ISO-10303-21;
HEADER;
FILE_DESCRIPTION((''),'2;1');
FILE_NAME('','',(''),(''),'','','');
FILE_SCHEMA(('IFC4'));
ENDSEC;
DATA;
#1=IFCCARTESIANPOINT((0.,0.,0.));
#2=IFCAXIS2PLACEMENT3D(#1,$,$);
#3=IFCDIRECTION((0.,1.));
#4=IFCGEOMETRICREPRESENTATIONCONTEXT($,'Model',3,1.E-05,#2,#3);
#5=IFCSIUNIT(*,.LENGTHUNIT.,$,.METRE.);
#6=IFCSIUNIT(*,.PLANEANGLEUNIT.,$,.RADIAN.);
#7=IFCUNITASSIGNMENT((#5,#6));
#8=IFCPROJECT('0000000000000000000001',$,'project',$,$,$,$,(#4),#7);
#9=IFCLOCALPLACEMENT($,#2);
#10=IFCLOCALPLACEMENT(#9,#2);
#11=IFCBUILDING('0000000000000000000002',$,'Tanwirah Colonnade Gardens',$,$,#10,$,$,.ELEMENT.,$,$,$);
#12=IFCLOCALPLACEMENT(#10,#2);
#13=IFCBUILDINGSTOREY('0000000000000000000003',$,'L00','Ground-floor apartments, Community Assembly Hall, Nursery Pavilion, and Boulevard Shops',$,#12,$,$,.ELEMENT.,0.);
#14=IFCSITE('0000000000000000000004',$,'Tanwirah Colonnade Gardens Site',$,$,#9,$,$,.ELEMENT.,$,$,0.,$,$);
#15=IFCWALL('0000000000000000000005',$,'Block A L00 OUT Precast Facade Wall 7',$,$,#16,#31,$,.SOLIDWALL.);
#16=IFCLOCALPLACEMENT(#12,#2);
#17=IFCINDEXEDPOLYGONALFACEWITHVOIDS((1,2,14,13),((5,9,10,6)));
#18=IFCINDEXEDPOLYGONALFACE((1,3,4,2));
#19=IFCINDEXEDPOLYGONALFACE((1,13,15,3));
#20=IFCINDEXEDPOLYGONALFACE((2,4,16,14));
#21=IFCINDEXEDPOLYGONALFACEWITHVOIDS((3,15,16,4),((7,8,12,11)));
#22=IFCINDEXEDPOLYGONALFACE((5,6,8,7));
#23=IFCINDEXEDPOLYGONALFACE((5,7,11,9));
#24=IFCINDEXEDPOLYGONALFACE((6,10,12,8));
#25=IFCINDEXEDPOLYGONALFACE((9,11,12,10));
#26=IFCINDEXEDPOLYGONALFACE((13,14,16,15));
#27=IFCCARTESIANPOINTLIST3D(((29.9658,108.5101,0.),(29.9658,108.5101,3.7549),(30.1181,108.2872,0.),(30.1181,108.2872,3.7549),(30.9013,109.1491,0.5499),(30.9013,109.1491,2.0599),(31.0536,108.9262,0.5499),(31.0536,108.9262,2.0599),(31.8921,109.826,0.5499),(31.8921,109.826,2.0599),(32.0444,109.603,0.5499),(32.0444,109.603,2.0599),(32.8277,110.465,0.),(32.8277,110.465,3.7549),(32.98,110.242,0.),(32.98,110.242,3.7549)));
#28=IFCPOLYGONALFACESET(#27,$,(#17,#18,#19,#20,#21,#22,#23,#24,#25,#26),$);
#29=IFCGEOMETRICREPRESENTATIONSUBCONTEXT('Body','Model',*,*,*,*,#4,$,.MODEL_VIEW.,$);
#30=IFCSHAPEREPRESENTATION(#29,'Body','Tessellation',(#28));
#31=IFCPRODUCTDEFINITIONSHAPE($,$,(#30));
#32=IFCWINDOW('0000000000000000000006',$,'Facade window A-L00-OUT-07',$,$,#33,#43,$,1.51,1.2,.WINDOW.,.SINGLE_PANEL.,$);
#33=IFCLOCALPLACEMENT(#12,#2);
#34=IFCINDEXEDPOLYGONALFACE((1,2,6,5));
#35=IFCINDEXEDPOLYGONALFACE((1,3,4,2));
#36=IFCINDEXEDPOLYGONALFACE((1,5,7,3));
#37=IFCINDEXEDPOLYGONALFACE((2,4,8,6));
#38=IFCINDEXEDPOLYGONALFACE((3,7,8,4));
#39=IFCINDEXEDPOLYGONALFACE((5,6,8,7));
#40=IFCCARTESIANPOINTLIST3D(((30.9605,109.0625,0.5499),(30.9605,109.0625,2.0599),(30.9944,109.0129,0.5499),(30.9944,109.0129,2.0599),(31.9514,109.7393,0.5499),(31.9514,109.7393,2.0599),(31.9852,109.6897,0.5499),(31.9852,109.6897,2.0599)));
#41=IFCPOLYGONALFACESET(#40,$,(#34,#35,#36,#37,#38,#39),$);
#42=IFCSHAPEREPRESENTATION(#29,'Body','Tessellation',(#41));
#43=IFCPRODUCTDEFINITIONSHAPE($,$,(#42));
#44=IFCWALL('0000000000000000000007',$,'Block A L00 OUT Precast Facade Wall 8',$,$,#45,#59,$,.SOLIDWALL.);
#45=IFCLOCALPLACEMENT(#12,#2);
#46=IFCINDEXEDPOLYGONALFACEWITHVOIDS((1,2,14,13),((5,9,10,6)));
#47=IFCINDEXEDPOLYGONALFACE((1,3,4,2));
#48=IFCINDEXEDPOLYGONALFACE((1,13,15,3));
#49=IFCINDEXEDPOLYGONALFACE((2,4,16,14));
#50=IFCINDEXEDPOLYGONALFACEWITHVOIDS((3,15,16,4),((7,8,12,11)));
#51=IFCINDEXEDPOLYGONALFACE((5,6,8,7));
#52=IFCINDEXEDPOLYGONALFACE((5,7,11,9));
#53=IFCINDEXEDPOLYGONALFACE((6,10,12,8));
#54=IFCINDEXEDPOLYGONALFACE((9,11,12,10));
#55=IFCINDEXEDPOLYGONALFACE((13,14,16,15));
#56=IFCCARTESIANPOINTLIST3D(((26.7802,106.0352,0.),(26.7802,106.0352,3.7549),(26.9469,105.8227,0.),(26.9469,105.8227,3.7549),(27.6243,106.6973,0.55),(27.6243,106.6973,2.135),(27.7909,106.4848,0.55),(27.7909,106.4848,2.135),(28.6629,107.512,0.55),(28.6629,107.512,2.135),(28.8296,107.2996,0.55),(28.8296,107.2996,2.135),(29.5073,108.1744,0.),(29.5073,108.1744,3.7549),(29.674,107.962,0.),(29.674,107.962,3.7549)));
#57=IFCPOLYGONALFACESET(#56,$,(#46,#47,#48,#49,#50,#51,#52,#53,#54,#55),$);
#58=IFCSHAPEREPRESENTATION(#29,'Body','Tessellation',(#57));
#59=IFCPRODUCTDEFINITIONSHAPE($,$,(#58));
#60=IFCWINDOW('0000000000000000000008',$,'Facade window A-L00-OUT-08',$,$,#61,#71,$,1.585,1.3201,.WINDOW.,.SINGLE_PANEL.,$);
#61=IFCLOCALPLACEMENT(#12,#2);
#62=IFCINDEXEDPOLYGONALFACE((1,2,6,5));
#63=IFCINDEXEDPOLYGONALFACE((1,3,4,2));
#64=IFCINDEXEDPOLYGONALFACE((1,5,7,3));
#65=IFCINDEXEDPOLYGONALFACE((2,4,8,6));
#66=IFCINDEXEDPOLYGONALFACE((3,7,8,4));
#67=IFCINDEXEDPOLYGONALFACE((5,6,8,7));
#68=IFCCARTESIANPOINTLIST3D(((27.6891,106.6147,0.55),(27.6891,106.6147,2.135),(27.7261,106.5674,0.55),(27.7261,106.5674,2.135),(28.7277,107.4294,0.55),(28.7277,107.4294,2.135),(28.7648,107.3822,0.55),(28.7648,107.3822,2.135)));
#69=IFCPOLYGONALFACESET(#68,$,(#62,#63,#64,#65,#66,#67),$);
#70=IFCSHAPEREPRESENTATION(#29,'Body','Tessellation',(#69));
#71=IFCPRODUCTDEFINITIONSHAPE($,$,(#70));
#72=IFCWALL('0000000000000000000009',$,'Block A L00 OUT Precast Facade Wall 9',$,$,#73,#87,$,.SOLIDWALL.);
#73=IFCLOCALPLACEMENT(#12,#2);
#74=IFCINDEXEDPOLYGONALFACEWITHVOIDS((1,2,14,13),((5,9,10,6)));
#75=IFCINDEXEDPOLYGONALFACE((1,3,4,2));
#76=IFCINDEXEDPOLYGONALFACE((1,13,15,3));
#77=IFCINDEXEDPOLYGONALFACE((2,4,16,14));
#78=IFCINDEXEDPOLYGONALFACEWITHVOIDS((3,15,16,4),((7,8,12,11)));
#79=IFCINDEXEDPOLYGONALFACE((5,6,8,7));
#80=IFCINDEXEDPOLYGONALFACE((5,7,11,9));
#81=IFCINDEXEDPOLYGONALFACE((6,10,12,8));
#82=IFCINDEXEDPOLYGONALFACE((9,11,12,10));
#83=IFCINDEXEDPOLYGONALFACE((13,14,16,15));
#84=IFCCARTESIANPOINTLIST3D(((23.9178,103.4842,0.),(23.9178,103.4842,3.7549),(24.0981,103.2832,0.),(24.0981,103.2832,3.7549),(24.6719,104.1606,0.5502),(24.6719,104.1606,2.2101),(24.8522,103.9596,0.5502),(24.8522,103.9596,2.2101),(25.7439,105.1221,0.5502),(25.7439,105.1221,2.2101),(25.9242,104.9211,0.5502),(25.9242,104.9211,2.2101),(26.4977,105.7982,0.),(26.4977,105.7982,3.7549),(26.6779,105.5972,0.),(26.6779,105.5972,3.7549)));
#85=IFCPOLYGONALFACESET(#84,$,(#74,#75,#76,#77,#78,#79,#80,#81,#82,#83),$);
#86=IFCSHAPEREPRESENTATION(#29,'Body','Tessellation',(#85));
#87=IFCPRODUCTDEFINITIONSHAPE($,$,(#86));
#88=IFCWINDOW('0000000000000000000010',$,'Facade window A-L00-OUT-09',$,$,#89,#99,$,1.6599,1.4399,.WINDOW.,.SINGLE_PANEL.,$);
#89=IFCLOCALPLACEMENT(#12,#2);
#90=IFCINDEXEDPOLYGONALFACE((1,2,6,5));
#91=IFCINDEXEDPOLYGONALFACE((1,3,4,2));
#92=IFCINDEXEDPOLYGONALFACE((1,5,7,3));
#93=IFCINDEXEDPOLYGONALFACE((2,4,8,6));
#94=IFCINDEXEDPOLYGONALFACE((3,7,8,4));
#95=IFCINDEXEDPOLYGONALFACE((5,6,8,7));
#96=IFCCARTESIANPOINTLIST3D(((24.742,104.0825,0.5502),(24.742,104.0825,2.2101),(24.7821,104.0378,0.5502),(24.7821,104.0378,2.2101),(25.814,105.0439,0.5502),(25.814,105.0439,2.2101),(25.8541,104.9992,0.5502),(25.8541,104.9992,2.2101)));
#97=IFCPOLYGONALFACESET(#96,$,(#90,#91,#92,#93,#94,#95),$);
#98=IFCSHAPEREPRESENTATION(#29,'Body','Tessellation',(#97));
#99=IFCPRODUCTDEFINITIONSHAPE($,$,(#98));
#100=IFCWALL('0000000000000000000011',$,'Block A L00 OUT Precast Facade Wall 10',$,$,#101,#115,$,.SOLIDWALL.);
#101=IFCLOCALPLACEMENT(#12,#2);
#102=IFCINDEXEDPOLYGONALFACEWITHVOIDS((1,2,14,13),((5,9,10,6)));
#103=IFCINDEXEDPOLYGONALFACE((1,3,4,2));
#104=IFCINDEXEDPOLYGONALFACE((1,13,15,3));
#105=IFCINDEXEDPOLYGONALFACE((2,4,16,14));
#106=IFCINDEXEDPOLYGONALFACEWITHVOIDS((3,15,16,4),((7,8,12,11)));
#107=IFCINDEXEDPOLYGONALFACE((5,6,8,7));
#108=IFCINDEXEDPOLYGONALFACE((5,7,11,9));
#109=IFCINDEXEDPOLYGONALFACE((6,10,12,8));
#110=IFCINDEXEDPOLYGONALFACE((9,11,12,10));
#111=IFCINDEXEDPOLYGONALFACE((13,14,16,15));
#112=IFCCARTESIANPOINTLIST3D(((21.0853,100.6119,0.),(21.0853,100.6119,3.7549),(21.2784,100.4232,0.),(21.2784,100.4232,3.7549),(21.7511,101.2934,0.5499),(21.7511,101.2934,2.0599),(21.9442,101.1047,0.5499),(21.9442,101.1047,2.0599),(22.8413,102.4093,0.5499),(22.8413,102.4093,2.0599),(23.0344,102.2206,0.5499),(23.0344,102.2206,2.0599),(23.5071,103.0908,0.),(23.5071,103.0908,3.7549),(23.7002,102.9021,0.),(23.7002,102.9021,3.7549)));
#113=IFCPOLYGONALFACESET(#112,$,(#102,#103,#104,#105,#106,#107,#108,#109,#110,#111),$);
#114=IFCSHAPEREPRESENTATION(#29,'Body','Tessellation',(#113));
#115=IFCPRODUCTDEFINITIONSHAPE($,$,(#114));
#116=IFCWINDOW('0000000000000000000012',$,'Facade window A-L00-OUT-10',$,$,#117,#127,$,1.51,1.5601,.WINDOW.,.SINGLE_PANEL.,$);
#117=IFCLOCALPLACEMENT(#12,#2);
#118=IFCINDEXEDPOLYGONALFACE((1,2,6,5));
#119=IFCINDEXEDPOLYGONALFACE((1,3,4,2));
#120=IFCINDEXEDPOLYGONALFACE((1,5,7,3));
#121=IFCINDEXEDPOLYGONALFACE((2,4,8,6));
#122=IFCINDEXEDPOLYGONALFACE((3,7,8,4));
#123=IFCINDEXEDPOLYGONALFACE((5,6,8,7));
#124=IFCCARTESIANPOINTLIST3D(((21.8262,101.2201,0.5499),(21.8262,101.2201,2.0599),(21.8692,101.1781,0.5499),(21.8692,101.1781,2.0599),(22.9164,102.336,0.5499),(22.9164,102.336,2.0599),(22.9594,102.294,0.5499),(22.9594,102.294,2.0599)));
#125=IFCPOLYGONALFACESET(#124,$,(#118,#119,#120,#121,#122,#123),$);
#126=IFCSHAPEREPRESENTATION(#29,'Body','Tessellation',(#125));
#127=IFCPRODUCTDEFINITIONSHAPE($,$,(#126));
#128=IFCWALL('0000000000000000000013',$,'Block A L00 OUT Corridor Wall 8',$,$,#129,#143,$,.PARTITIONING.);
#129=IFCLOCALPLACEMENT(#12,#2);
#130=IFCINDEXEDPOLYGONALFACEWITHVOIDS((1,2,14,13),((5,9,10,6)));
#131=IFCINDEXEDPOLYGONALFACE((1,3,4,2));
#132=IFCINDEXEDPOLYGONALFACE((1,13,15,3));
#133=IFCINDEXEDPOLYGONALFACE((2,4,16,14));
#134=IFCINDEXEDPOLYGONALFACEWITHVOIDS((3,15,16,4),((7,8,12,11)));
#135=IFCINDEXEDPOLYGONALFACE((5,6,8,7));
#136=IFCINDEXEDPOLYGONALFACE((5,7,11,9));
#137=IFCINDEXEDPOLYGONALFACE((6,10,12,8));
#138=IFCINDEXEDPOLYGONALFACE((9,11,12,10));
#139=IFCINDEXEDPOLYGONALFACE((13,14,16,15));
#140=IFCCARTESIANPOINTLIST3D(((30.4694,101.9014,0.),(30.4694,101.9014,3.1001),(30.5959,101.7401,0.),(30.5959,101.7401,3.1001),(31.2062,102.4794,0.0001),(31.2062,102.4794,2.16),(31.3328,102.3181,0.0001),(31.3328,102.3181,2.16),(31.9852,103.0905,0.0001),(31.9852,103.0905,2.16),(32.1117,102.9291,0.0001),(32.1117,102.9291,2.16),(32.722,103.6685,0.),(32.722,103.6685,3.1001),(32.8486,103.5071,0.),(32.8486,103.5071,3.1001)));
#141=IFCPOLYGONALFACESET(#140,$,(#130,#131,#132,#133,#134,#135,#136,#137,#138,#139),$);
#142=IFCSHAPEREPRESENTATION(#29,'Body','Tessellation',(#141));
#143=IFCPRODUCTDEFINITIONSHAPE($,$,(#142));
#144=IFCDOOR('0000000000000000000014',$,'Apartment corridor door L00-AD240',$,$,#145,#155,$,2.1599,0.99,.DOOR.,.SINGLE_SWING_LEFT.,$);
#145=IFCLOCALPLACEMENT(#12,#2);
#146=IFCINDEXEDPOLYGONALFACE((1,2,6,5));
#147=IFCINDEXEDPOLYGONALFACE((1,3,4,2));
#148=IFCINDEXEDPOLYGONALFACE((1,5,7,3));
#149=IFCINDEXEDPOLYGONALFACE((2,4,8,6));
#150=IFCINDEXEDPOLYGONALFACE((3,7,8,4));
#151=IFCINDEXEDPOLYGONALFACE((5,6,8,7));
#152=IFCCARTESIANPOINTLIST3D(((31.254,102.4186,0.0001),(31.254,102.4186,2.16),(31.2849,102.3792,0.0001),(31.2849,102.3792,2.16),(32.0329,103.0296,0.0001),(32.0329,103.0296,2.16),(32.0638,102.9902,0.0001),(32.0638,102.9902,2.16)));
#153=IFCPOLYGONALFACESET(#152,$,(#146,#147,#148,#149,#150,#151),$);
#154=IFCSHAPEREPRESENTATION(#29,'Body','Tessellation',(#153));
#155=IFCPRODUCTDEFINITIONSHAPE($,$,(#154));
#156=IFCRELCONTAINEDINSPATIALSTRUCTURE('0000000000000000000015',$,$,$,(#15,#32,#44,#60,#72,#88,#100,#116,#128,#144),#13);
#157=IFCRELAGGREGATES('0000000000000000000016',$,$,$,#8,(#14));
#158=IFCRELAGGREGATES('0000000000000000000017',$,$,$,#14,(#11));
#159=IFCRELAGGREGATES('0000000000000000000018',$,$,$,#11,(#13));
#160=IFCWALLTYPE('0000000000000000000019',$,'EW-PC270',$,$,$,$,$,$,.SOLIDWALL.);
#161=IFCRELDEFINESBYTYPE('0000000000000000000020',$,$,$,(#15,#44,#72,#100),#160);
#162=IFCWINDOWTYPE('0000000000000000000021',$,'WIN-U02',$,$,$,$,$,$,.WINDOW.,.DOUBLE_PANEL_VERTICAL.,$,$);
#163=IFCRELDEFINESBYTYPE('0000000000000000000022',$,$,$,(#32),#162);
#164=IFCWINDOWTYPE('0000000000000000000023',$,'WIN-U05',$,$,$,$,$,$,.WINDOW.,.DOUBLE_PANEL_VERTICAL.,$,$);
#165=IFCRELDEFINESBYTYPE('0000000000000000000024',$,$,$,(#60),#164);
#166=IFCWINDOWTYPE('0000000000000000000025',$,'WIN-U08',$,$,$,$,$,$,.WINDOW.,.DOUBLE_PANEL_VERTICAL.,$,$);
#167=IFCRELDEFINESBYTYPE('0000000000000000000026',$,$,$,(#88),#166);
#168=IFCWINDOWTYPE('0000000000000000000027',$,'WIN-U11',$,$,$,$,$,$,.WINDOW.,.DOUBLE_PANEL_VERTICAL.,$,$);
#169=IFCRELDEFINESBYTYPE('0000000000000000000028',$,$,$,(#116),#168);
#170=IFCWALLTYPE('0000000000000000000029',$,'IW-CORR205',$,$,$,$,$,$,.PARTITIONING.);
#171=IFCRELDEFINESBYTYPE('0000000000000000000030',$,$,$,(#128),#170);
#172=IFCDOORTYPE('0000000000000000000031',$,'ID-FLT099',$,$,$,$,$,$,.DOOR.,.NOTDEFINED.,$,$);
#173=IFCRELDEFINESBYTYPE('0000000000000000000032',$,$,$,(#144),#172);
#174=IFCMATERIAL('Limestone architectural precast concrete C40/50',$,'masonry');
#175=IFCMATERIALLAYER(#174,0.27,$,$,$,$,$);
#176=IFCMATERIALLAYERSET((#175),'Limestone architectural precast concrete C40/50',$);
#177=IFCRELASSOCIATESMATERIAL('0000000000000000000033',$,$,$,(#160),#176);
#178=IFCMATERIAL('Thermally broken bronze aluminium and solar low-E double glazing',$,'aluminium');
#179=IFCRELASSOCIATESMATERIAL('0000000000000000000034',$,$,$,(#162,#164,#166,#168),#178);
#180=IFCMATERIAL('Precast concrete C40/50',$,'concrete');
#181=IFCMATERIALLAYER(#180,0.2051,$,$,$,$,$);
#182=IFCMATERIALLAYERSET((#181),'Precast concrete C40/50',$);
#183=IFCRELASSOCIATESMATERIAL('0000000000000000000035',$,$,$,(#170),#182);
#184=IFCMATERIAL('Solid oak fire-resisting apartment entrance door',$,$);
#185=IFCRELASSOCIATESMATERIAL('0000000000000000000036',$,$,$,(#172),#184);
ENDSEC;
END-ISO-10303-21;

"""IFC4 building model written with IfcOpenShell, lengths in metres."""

from ifc_helpers import new_model, si_unit, direction, frame, frame_2d, origin, place, context, subcontext, project, spatial, rectangle, extrude, material, layer, layer_set, type_object, element, fill, save


model = new_model("IFC4")

# Units and contexts
model_context = context("Model", 3, precision=1e-05, world=origin(), true_north=direction((0.0, 1.0)))
body_context = subcontext(model_context, "Body", "Model", "MODEL_VIEW")
ifc_project = project(units=[si_unit("LENGTHUNIT", "METRE"), si_unit("PLANEANGLEUNIT", "RADIAN")], contexts=[model_context])

# Site, building, storey
site_placement = place(None, origin())
site = spatial("IfcSite", under=ifc_project, at=site_placement, Name="Tanwirah Colonnade Gardens Site", CompositionType="ELEMENT", RefElevation=0.0)
building_placement = place(site_placement, origin())
building = spatial("IfcBuilding", under=site, at=building_placement, Name="Tanwirah Colonnade Gardens", CompositionType="ELEMENT")
storey_placement = place(building_placement, origin())
storey = spatial("IfcBuildingStorey", under=building, at=storey_placement, Name="L00", Description="Ground-floor apartments, Community Assembly Hall, Nursery Pavilion, and Boulevard Shops", CompositionType="ELEMENT", Elevation=0.0)

# Shared definitions
ifc_material_1 = material(Name="Precast concrete C40/50", Category="concrete")

# Walls, openings, windows
ifc_material_2 = material(Name="Limestone architectural precast concrete C40/50", Category="masonry")
ifc_layer_1 = layer(ifc_material_2, 0.27)
ifc_layer_set_1 = layer_set([ifc_layer_1], Name="Limestone architectural precast concrete C40/50")
wall_type_1 = type_object("IfcWallType", Name="EW-PC270", PredefinedType="SOLIDWALL", material=ifc_layer_set_1)
wall_1_placement = place(storey_placement, frame((32.9038, 110.3535, 0.0), z_axis=(0.0, 0.0, 1.0), x_axis=(-0.825744, -0.564045, 0.0)))
wall_1 = element("IfcWall", 1, at=wall_1_placement, inside=storey, type_object=wall_type_1, Name="Block A L00 OUT Precast Facade Wall 7", PredefinedType="SOLIDWALL", context=body_context, shape_type="SweptSolid", body=[
    extrude(rectangle(XDim=3.4658, YDim=0.27, at=frame_2d((1.7329, 0.0))), origin(), (0.0, 0.0, 1.0), 3.7549),
])
opening_1_placement = place(wall_1_placement, frame((1.1328, 0.0, 0.55)))
opening_1 = element("IfcOpeningElement", 2, at=opening_1_placement, cuts=wall_1, PredefinedType="OPENING", context=body_context, shape_type="SweptSolid", body=[
    extrude(rectangle(XDim=1.2, YDim=1.51, at=frame_2d((0.6001, 0.7549))), frame((0.0, 0.145, 0.0), z_axis=(0.0, -1.0, 0.0), x_axis=(1.0, 0.0, 0.0)), (0.0, 0.0, 1.0), 0.29),
])
ifc_material_3 = material(Name="Thermally broken bronze aluminium and solar low-E double glazing", Category="aluminium")
window_type_1 = type_object("IfcWindowType", Name="WIN-U02", PartitioningType="DOUBLE_PANEL_VERTICAL", PredefinedType="WINDOW", material=ifc_material_3)
window_1_placement = place(opening_1_placement, origin())
window_1 = element("IfcWindow", 3, at=window_1_placement, inside=storey, type_object=window_type_1, Name="Facade window A-L00-OUT-07", OverallHeight=1.51, OverallWidth=1.2, PartitioningType="SINGLE_PANEL", PredefinedType="WINDOW", context=body_context, shape_type="SweptSolid", body=[
    extrude(rectangle(XDim=1.2, YDim=1.51, at=frame_2d((0.6001, 0.7549))), frame((0.0, 0.03, 0.0), z_axis=(0.0, -1.0, 0.0), x_axis=(1.0, 0.0, 0.0)), (0.0, 0.0, 1.0), 0.0601),
])
fill(opening_1, window_1)
wall_2_placement = place(storey_placement, frame((29.5906, 108.0681, 0.0), z_axis=(0.0, 0.0, 1.0), x_axis=(-0.786812, -0.617193, 0.0)))
wall_2 = element("IfcWall", 4, at=wall_2_placement, inside=storey, type_object=wall_type_1, Name="Block A L00 OUT Precast Facade Wall 8", PredefinedType="SOLIDWALL", context=body_context, shape_type="SweptSolid", body=[
    extrude(rectangle(XDim=3.4661, YDim=0.27, at=frame_2d((1.7329, 0.0))), origin(), (0.0, 0.0, 1.0), 3.7549),
])
opening_2_placement = place(wall_2_placement, frame((1.073, 0.0, 0.55)))
opening_2 = element("IfcOpeningElement", 5, at=opening_2_placement, cuts=wall_2, PredefinedType="OPENING", context=body_context, shape_type="SweptSolid", body=[
    extrude(rectangle(XDim=1.3201, YDim=1.585, at=frame_2d((0.6602, 0.7925))), frame((0.0, 0.145, 0.0), z_axis=(0.0, -1.0, 0.0), x_axis=(1.0, 0.0, 0.0)), (0.0, 0.0, 1.0), 0.29),
])
window_type_2 = type_object("IfcWindowType", Name="WIN-U05", PartitioningType="DOUBLE_PANEL_VERTICAL", PredefinedType="WINDOW", material=ifc_material_3)
window_2_placement = place(opening_2_placement, origin())
window_2 = element("IfcWindow", 6, at=window_2_placement, inside=storey, type_object=window_type_2, Name="Facade window A-L00-OUT-08", OverallHeight=1.585, OverallWidth=1.3201, PartitioningType="SINGLE_PANEL", PredefinedType="WINDOW", context=body_context, shape_type="SweptSolid", body=[
    extrude(rectangle(XDim=1.3201, YDim=1.585, at=frame_2d((0.6602, 0.7925))), frame((0.0, 0.03, 0.0), z_axis=(0.0, -1.0, 0.0), x_axis=(1.0, 0.0, 0.0)), (0.0, 0.0, 1.0), 0.0601),
])
fill(opening_2, window_2)
wall_3_placement = place(storey_placement, frame((26.5879, 105.6978, 0.0), z_axis=(0.0, 0.0, 1.0), x_axis=(-0.744425, -0.667707, 0.0)))
wall_3 = element("IfcWall", 7, at=wall_3_placement, inside=storey, type_object=wall_type_1, Name="Block A L00 OUT Precast Facade Wall 9", PredefinedType="SOLIDWALL", context=body_context, shape_type="SweptSolid", body=[
    extrude(rectangle(XDim=3.4656, YDim=0.27, at=frame_2d((1.7329, 0.0))), origin(), (0.0, 0.0, 1.0), 3.7549),
])
opening_3_placement = place(wall_3_placement, frame((1.0127, 0.0, 0.55)))
opening_3 = element("IfcOpeningElement", 8, at=opening_3_placement, cuts=wall_3, PredefinedType="OPENING", context=body_context, shape_type="SweptSolid", body=[
    extrude(rectangle(XDim=1.4399, YDim=1.6599, at=frame_2d((0.72, 0.8301))), frame((0.0, 0.145, 0.0), z_axis=(0.0, -1.0, 0.0), x_axis=(1.0, 0.0, 0.0)), (0.0, 0.0, 1.0), 0.29),
])
window_type_3 = type_object("IfcWindowType", Name="WIN-U08", PartitioningType="DOUBLE_PANEL_VERTICAL", PredefinedType="WINDOW", material=ifc_material_3)
window_3_placement = place(opening_3_placement, origin())
window_3 = element("IfcWindow", 9, at=window_3_placement, inside=storey, type_object=window_type_3, Name="Facade window A-L00-OUT-09", OverallHeight=1.6599, OverallWidth=1.4399, PartitioningType="SINGLE_PANEL", PredefinedType="WINDOW", context=body_context, shape_type="SweptSolid", body=[
    extrude(rectangle(XDim=1.4399, YDim=1.6599, at=frame_2d((0.72, 0.8301))), frame((0.0, 0.03, 0.0), z_axis=(0.0, -1.0, 0.0), x_axis=(1.0, 0.0, 0.0)), (0.0, 0.0, 1.0), 0.0601),
])
fill(opening_3, window_3)
wall_4_placement = place(storey_placement, frame((23.6038, 102.9966, 0.0), z_axis=(0.0, 0.0, 1.0), x_axis=(-0.698817, -0.715301, 0.0)))
wall_4 = element("IfcWall", 10, at=wall_4_placement, inside=storey, type_object=wall_type_1, Name="Block A L00 OUT Precast Facade Wall 10", PredefinedType="SOLIDWALL", context=body_context, shape_type="SweptSolid", body=[
    extrude(rectangle(XDim=3.4656, YDim=0.27, at=frame_2d((1.7329, 0.0))), origin(), (0.0, 0.0, 1.0), 3.7549),
])
opening_4_placement = place(wall_4_placement, frame((0.9529, 0.0, 0.55)))
opening_4 = element("IfcOpeningElement", 11, at=opening_4_placement, cuts=wall_4, PredefinedType="OPENING", context=body_context, shape_type="SweptSolid", body=[
    extrude(rectangle(XDim=1.5601, YDim=1.51, at=frame_2d((0.78, 0.7549))), frame((0.0, 0.145, 0.0), z_axis=(0.0, -1.0, 0.0), x_axis=(1.0, 0.0, 0.0)), (0.0, 0.0, 1.0), 0.29),
])
window_type_4 = type_object("IfcWindowType", Name="WIN-U11", PartitioningType="DOUBLE_PANEL_VERTICAL", PredefinedType="WINDOW", material=ifc_material_3)
window_4_placement = place(opening_4_placement, origin())
window_4 = element("IfcWindow", 12, at=window_4_placement, inside=storey, type_object=window_type_4, Name="Facade window A-L00-OUT-10", OverallHeight=1.51, OverallWidth=1.5601, PartitioningType="SINGLE_PANEL", PredefinedType="WINDOW", context=body_context, shape_type="SweptSolid", body=[
    extrude(rectangle(XDim=1.5601, YDim=1.51, at=frame_2d((0.78, 0.7549))), frame((0.0, 0.03, 0.0), z_axis=(0.0, -1.0, 0.0), x_axis=(1.0, 0.0, 0.0)), (0.0, 0.0, 1.0), 0.0601),
])
fill(opening_4, window_4)

# Wall, opening, door
ifc_layer_2 = layer(ifc_material_1, 0.2051)
ifc_layer_set_2 = layer_set([ifc_layer_2], Name="Precast concrete C40/50")
wall_type_2 = type_object("IfcWallType", Name="IW-CORR205", PredefinedType="PARTITIONING", material=ifc_layer_set_2)
wall_5_placement = place(storey_placement, frame((32.7854, 103.5879, 0.0), z_axis=(0.0, 0.0, 1.0), x_axis=(-0.786806, -0.6172, 0.0)))
wall_5 = element("IfcWall", 13, at=wall_5_placement, inside=storey, type_object=wall_type_2, Name="Block A L00 OUT Corridor Wall 8", PredefinedType="PARTITIONING", context=body_context, shape_type="SweptSolid", body=[
    extrude(rectangle(XDim=2.863, YDim=0.2051, at=frame_2d((1.4316, 0.0))), origin(), (0.0, 0.0, 1.0), 3.1001),
])
opening_5_placement = place(wall_5_placement, frame((0.9365, 0.0, 0.0)))
opening_5 = element("IfcOpeningElement", 14, at=opening_5_placement, cuts=wall_5, PredefinedType="OPENING", context=body_context, shape_type="SweptSolid", body=[
    extrude(rectangle(XDim=0.99, YDim=2.1599, at=frame_2d((0.4951, 1.0801))), frame((0.0, 0.1125, 0.0), z_axis=(0.0, -1.0, 0.0), x_axis=(1.0, 0.0, 0.0)), (0.0, 0.0, 1.0), 0.2251),
])
ifc_material_4 = material(Name="Solid oak fire-resisting apartment entrance door")
door_type = type_object("IfcDoorType", Name="ID-FLT099", OperationType="NOTDEFINED", PredefinedType="DOOR", material=ifc_material_4)
door_placement = place(opening_5_placement, origin())
door = element("IfcDoor", 15, at=door_placement, inside=storey, type_object=door_type, Name="Apartment corridor door L00-AD240", OperationType="SINGLE_SWING_LEFT", OverallHeight=2.1599, OverallWidth=0.99, PredefinedType="DOOR", context=body_context, shape_type="SweptSolid", body=[
    extrude(rectangle(XDim=0.99, YDim=2.1599, at=frame_2d((0.4951, 1.0801))), frame((0.0, 0.0249, 0.0), z_axis=(0.0, -1.0, 0.0), x_axis=(1.0, 0.0, 0.0)), (0.0, 0.0, 1.0), 0.05),
])
fill(opening_5, door)

save(model, "model.ifc")
